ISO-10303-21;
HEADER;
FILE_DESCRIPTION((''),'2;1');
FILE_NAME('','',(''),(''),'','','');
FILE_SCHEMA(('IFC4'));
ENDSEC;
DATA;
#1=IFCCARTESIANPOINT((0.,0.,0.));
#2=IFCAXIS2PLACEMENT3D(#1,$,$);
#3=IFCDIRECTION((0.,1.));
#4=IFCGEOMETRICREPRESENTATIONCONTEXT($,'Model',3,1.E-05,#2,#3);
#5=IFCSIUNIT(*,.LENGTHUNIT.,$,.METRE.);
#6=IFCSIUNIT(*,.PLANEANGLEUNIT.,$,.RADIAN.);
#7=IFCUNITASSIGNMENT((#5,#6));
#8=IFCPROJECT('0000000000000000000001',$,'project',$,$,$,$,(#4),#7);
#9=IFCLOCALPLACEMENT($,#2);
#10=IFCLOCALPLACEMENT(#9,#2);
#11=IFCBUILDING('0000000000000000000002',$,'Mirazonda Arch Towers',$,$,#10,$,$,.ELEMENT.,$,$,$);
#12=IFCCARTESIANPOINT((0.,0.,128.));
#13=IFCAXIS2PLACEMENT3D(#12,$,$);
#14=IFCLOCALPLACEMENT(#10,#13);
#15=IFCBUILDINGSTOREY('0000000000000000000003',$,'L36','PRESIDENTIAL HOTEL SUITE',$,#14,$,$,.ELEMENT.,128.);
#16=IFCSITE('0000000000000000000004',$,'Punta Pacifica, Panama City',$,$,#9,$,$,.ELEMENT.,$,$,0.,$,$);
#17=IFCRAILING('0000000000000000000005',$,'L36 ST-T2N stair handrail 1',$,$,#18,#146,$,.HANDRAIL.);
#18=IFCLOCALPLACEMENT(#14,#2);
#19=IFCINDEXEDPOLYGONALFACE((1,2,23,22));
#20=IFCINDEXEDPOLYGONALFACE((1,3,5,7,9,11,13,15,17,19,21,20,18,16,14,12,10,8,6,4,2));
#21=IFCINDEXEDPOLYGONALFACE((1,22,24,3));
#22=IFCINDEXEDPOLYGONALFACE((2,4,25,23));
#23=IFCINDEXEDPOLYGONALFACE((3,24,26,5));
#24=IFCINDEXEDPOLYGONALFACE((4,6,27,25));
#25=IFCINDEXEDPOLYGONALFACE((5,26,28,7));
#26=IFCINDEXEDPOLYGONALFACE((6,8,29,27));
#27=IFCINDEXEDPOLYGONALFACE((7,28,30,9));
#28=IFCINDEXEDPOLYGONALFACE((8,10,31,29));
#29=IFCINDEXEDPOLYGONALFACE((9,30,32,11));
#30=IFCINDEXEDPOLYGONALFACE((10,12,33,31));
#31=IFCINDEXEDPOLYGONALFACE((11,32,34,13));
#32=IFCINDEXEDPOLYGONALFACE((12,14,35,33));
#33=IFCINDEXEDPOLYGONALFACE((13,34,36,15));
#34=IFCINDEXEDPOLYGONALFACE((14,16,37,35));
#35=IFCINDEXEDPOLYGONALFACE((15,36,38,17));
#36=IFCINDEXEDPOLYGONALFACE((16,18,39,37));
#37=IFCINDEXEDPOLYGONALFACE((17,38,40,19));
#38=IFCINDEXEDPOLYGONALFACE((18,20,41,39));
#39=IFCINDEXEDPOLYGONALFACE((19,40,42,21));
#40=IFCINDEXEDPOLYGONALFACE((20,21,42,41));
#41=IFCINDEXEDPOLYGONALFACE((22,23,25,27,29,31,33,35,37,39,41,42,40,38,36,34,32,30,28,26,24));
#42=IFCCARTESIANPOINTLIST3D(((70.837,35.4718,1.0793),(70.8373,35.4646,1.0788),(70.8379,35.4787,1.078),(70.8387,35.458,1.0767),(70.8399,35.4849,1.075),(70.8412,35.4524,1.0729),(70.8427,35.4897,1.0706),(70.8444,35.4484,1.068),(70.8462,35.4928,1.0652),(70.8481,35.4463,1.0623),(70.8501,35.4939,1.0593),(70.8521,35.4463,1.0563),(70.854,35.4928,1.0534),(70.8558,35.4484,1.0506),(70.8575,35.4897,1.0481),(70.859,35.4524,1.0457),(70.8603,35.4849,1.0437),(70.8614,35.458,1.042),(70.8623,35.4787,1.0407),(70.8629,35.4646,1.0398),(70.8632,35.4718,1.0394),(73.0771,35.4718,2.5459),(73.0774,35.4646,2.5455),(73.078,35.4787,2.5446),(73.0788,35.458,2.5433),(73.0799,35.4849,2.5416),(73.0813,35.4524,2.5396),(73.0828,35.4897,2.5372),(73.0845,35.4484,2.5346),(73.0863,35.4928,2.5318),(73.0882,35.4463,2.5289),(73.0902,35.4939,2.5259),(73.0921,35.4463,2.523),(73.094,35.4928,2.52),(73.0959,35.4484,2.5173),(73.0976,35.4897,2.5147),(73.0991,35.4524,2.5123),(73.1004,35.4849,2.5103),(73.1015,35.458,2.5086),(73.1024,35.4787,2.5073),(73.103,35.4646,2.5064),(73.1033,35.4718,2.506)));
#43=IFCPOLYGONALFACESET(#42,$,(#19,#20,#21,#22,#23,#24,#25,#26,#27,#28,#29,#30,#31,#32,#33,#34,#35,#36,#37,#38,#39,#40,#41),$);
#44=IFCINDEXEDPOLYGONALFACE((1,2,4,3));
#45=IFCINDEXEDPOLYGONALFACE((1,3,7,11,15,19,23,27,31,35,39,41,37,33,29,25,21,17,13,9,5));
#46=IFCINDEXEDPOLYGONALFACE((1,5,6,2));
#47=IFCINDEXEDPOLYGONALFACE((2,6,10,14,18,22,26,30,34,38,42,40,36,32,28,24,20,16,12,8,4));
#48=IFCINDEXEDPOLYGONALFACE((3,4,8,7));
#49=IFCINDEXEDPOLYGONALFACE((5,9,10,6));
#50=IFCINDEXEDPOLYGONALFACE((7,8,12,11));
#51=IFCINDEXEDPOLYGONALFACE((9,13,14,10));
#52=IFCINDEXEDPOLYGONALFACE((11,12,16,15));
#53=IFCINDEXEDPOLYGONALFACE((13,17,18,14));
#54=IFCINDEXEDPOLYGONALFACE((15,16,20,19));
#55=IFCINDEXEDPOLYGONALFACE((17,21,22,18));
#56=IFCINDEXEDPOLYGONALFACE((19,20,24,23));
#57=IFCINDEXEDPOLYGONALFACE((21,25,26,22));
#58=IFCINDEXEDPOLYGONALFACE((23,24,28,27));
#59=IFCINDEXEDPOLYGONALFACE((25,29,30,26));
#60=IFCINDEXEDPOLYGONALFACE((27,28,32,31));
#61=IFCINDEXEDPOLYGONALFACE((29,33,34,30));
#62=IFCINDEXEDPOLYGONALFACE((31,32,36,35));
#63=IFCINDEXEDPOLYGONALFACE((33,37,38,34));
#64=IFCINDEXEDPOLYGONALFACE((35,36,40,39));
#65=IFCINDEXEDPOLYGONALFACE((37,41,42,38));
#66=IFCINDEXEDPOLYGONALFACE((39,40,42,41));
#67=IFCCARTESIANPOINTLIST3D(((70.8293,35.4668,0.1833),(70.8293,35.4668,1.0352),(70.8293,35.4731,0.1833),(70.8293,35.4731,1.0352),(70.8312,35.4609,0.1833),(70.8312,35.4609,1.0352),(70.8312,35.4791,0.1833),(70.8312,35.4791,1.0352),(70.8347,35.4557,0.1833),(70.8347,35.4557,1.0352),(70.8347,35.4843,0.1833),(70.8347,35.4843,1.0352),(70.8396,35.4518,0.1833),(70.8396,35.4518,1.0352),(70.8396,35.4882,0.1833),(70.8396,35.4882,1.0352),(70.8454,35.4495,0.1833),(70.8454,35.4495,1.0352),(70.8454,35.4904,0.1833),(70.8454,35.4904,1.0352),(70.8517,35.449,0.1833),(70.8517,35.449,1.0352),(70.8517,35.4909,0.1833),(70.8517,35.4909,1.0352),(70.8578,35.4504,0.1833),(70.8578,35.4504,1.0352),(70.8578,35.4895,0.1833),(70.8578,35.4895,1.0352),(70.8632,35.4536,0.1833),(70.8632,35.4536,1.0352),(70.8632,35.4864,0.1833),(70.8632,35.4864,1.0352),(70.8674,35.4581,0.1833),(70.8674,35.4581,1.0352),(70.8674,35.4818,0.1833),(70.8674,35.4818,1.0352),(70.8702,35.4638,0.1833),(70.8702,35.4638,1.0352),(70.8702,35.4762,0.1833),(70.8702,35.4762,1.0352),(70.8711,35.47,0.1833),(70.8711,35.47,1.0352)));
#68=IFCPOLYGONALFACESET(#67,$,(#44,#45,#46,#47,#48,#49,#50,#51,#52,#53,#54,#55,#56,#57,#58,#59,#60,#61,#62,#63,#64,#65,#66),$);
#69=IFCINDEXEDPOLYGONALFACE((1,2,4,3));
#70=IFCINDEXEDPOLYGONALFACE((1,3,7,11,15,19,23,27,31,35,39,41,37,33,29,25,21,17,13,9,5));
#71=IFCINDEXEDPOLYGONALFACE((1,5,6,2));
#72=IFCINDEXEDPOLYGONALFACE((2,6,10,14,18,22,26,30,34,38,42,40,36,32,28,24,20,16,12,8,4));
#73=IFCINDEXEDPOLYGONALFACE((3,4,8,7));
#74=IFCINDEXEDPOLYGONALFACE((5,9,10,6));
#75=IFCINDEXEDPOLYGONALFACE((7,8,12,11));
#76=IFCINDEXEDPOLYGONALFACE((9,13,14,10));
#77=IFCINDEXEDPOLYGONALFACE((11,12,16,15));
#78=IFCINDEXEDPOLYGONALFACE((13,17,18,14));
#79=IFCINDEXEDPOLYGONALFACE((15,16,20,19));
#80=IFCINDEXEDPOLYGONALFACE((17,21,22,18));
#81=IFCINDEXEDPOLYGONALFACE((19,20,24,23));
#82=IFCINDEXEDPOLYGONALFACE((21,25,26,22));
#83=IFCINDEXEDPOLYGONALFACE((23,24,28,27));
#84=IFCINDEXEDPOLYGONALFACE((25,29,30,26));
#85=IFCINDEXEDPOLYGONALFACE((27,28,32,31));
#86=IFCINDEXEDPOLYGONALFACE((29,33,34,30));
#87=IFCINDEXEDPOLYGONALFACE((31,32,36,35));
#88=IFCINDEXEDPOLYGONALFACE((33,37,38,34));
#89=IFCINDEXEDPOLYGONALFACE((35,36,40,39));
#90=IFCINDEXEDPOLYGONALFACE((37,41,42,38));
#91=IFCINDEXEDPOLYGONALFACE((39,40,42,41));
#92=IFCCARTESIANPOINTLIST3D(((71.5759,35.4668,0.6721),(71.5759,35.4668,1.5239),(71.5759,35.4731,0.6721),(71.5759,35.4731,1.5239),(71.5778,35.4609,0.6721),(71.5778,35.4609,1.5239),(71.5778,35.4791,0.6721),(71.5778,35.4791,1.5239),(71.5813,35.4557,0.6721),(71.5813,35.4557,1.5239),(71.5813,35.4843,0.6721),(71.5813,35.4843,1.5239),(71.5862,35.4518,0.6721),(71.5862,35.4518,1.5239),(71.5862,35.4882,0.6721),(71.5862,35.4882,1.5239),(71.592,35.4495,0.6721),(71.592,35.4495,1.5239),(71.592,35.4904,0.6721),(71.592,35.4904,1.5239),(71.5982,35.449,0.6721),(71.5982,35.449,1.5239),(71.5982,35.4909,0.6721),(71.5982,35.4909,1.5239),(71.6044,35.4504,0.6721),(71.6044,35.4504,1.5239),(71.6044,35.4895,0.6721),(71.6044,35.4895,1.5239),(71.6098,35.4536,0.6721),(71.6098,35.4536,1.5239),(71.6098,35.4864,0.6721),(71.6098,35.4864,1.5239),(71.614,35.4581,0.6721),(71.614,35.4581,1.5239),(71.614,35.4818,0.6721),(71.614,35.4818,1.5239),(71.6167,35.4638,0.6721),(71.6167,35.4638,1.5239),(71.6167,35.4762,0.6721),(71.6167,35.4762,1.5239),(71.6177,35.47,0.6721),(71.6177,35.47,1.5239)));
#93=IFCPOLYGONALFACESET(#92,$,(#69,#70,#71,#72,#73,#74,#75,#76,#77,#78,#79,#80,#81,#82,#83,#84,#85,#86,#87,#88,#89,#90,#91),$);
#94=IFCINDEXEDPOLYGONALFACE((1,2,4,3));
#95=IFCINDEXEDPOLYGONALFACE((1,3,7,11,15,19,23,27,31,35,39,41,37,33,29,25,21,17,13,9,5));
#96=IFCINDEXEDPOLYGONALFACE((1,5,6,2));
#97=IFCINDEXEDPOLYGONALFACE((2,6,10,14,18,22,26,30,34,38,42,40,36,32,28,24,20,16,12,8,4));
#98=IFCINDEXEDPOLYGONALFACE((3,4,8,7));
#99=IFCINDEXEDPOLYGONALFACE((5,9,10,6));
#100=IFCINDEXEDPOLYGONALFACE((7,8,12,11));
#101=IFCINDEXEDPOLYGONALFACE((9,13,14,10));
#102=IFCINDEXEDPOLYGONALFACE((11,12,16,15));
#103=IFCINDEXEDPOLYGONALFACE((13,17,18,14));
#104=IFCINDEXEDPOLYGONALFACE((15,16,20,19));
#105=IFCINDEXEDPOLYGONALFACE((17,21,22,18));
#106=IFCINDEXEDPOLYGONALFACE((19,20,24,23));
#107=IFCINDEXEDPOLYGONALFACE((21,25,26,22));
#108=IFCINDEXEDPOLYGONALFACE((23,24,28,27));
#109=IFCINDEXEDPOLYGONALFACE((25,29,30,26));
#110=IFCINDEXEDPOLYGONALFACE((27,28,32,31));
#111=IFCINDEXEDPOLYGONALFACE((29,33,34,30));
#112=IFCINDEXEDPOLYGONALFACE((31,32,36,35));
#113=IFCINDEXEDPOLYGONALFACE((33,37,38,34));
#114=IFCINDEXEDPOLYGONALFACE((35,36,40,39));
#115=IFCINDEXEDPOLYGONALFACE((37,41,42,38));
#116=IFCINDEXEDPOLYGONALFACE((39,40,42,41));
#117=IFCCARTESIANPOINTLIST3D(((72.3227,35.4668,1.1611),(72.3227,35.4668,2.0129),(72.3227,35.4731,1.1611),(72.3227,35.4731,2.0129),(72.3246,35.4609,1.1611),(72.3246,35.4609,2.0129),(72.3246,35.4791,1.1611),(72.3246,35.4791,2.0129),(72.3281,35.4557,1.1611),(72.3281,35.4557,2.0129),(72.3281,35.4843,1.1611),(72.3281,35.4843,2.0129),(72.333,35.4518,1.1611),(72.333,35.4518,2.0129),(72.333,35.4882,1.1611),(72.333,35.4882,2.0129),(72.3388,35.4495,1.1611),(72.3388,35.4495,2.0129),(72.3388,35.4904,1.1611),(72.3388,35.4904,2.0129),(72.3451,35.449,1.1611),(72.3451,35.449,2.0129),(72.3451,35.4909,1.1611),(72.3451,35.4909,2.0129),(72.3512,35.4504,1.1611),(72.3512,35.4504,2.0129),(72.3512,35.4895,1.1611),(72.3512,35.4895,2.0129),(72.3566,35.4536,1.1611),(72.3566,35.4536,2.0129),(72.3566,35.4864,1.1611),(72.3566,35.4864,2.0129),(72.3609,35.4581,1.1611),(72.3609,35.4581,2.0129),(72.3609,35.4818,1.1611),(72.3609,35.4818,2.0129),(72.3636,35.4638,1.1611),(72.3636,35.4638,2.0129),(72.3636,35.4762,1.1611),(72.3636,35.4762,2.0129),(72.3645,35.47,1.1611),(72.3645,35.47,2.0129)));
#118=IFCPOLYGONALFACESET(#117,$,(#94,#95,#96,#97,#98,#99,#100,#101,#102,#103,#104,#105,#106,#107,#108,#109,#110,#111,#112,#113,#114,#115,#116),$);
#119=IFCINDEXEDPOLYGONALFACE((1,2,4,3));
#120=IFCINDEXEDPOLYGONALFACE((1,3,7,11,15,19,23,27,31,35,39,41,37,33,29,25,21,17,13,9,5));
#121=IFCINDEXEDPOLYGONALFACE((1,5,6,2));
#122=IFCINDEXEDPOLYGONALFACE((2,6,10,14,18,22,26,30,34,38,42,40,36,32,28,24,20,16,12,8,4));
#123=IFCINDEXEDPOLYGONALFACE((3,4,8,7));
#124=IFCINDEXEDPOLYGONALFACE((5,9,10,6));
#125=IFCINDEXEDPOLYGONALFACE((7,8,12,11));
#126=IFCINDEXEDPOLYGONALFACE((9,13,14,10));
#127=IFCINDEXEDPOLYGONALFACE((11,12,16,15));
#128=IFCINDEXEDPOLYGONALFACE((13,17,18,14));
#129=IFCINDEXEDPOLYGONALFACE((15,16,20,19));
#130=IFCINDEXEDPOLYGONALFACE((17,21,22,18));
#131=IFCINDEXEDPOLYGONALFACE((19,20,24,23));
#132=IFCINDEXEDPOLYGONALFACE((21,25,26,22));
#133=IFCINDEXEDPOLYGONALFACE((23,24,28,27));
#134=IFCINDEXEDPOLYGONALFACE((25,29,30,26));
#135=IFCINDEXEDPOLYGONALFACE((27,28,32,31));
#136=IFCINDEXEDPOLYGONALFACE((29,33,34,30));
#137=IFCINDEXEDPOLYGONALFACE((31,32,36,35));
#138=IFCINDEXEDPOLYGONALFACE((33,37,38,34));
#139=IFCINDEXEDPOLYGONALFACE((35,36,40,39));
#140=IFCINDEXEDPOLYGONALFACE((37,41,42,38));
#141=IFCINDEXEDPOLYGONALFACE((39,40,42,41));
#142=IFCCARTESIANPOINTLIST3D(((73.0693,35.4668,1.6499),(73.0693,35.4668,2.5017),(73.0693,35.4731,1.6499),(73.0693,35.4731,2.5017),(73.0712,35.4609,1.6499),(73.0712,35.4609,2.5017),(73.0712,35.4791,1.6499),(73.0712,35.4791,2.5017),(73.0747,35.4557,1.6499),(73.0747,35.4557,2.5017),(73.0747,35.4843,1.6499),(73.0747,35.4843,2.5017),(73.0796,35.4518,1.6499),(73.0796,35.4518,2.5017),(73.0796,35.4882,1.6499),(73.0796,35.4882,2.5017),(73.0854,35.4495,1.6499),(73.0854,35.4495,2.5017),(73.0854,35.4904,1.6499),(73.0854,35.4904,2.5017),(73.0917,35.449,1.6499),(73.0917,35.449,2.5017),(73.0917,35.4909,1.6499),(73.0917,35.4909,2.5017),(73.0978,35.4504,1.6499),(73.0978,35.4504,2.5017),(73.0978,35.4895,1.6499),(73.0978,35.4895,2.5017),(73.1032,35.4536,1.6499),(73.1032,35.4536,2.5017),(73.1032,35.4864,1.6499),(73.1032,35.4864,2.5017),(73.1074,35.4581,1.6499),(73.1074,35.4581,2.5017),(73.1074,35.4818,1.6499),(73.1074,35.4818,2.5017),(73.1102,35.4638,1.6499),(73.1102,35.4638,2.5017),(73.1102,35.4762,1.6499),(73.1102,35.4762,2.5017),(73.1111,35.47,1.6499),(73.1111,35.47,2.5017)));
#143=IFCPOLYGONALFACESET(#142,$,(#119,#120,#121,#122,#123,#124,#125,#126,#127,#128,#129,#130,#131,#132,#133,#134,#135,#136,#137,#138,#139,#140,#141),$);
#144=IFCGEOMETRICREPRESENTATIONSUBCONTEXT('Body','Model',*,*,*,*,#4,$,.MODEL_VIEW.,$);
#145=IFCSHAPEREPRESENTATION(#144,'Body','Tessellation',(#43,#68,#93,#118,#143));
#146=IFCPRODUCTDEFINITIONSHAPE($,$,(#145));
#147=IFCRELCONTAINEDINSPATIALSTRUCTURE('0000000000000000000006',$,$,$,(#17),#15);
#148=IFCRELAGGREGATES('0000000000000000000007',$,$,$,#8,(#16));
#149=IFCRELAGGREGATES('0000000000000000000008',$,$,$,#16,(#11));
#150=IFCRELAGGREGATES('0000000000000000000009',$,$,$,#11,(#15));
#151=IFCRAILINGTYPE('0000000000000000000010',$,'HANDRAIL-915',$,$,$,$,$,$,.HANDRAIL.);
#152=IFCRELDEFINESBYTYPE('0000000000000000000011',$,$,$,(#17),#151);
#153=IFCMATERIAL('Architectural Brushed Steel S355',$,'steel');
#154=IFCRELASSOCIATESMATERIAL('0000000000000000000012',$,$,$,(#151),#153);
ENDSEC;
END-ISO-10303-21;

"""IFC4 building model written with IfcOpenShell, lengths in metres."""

from ifc_helpers import new_model, si_unit, direction, frame, origin, origin_2d, place, context, subcontext, project, spatial, circle, extrude, material, type_object, element, save


model = new_model("IFC4")

# Units and contexts
model_context = context("Model", 3, precision=1e-05, world=origin(), true_north=direction((0.0, 1.0)))
body_context = subcontext(model_context, "Body", "Model", "MODEL_VIEW")
ifc_project = project(units=[si_unit("LENGTHUNIT", "METRE"), si_unit("PLANEANGLEUNIT", "RADIAN")], contexts=[model_context])

# Site, building, storey
site_placement = place(None, origin())
site = spatial("IfcSite", under=ifc_project, at=site_placement, Name="Punta Pacifica, Panama City", CompositionType="ELEMENT", RefElevation=0.0)
building_placement = place(site_placement, origin())
building = spatial("IfcBuilding", under=site, at=building_placement, Name="Mirazonda Arch Towers", CompositionType="ELEMENT")
storey_placement = place(building_placement, frame((0.0, 0.0, 128.0)))
storey = spatial("IfcBuildingStorey", under=building, at=storey_placement, Name="L36", Description="PRESIDENTIAL HOTEL SUITE", CompositionType="ELEMENT", Elevation=128.0)

# Railing
ifc_material_1 = material(Name="Architectural Brushed Steel S355", Category="steel")
railing_type_1 = type_object("IfcRailingType", Name="HANDRAIL-915", PredefinedType="HANDRAIL", material=ifc_material_1)
railing_1_placement = place(storey_placement, frame((70.8501, 35.47, 0.1833)))
element("IfcRailing", 1, at=railing_1_placement, inside=storey, type_object=railing_type_1, Name="L36 ST-T2N stair handrail 1", PredefinedType="HANDRAIL", context=body_context, shape_type="SweptSolid", body=[
    extrude(circle(Radius=0.0239, at=origin_2d()), frame((0.0, 0.0, 0.876), z_axis=(0.836637, 0.0, 0.547758), x_axis=(0.0, 1.0, 0.0)), (0.0, 0.0, 1.0), 2.6775),
    extrude(circle(Radius=0.021, at=origin_2d()), origin(), (0.0, 0.0, 1.0), 0.8518),
    extrude(circle(Radius=0.021, at=origin_2d()), frame((0.7466, 0.0, 0.4888)), (0.0, 0.0, 1.0), 0.8518),
    extrude(circle(Radius=0.021, at=origin_2d()), frame((1.4934, 0.0, 0.9778)), (0.0, 0.0, 1.0), 0.8518),
    extrude(circle(Radius=0.021, at=origin_2d()), frame((2.24, 0.0, 1.4666)), (0.0, 0.0, 1.0), 0.8518),
])

save(model, "model.ifc")
